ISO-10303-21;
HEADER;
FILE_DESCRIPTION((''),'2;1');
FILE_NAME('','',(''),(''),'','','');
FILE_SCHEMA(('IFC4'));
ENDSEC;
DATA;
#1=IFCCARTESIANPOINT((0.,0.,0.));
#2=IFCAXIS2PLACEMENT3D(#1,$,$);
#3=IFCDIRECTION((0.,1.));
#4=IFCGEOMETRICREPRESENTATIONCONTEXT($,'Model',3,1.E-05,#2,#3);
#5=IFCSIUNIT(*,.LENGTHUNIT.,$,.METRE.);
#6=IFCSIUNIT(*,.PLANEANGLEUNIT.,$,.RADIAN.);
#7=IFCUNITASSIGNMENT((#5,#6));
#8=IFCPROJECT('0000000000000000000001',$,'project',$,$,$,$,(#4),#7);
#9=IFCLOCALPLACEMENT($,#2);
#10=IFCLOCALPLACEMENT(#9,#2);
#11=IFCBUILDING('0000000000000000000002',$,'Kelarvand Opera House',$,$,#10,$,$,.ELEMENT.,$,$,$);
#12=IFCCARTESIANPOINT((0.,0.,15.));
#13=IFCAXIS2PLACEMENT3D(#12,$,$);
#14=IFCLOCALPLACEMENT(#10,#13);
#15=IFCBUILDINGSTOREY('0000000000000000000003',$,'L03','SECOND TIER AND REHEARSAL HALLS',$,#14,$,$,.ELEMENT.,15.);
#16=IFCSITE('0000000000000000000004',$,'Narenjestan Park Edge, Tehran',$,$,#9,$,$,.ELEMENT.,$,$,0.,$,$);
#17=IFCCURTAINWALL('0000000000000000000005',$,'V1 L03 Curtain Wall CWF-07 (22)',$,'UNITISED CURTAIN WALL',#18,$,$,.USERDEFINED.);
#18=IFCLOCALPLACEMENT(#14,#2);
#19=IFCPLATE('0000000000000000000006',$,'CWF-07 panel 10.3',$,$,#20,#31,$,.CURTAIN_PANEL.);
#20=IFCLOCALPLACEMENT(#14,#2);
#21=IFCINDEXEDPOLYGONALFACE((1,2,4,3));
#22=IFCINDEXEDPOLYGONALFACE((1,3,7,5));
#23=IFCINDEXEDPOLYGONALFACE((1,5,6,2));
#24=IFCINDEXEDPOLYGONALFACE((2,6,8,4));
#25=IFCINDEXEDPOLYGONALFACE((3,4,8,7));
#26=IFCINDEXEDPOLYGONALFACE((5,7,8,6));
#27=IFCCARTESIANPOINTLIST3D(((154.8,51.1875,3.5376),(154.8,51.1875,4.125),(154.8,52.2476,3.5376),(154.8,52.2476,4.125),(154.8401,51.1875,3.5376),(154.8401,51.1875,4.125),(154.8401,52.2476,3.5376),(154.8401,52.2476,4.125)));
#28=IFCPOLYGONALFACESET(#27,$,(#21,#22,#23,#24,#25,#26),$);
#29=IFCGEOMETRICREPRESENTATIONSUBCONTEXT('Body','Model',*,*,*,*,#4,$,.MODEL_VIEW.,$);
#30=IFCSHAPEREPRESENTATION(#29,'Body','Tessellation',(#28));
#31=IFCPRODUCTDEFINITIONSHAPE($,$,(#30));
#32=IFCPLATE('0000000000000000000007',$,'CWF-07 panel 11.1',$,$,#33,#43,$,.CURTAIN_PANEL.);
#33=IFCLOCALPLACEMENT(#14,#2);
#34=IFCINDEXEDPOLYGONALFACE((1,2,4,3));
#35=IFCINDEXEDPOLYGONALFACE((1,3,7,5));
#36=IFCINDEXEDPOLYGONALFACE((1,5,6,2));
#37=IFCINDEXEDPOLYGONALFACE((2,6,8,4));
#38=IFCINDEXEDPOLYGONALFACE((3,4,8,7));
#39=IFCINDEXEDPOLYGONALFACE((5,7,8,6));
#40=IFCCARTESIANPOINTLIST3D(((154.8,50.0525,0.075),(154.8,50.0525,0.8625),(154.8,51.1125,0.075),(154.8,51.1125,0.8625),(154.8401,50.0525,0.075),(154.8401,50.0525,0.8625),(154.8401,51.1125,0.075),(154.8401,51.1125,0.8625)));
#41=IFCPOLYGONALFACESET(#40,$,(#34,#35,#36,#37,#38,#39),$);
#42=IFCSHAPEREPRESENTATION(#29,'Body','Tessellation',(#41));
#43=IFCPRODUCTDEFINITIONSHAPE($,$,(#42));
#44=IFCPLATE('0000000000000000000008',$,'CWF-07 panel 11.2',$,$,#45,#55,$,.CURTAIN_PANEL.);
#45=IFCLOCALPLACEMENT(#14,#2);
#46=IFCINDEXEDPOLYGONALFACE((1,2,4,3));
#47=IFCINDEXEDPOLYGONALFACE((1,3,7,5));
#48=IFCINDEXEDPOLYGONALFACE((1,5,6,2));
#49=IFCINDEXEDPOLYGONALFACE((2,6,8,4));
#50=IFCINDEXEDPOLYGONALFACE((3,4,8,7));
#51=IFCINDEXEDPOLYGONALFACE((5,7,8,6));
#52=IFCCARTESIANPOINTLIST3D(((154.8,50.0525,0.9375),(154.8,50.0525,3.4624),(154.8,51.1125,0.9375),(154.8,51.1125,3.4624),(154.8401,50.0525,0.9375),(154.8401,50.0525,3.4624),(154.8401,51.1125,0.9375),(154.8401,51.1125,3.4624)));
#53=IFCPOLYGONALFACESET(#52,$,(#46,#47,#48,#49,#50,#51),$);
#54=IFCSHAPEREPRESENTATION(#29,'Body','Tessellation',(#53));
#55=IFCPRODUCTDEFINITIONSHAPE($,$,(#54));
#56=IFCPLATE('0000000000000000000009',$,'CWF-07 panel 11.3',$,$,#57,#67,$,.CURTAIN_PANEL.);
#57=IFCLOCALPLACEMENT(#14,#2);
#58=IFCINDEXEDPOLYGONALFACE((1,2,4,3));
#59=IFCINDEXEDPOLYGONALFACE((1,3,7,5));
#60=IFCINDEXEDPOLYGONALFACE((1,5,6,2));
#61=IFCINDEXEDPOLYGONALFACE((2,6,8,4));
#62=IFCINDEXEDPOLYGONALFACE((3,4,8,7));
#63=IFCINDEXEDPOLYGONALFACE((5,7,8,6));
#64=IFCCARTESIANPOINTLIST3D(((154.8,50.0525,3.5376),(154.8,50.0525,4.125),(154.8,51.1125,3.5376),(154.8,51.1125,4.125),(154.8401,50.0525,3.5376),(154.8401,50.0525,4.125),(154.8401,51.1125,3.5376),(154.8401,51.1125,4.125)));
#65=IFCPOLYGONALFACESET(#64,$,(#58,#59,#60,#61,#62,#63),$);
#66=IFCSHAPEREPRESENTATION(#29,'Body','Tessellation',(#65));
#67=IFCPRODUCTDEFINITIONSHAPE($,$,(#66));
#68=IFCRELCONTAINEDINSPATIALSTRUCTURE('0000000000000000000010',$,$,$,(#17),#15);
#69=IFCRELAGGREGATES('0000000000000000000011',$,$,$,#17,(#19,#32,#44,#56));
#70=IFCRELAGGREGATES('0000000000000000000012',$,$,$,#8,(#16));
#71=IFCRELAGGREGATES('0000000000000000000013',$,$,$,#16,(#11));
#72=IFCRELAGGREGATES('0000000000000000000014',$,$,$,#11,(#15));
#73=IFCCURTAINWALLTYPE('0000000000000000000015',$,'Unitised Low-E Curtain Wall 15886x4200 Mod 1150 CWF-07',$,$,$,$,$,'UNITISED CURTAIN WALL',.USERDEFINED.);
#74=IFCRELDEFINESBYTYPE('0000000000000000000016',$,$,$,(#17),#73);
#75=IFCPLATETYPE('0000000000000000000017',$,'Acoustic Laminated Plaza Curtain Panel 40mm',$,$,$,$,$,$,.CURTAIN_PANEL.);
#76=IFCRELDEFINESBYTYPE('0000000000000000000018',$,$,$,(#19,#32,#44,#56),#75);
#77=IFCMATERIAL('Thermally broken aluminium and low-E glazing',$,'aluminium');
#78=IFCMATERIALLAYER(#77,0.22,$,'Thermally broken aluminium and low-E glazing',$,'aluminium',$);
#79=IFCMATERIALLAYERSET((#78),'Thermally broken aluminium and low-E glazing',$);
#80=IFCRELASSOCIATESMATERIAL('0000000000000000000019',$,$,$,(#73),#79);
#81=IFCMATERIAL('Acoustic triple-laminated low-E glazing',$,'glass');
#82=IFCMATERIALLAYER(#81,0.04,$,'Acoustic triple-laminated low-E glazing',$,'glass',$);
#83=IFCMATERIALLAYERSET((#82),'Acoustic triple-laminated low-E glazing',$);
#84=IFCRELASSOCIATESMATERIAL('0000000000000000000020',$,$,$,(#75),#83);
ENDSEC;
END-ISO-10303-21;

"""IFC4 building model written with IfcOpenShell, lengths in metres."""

from ifc_helpers import new_model, si_unit, direction, frame, origin, origin_2d, place, context, subcontext, project, spatial, rectangle, extrude, material, layer, layer_set, type_object, element, aggregate, save


model = new_model("IFC4")

# Units and contexts
model_context = context("Model", 3, precision=1e-05, world=origin(), true_north=direction((0.0, 1.0)))
body_context = subcontext(model_context, "Body", "Model", "MODEL_VIEW")
ifc_project = project(units=[si_unit("LENGTHUNIT", "METRE"), si_unit("PLANEANGLEUNIT", "RADIAN")], contexts=[model_context])

# Site, building, storey
site_placement = place(None, origin())
site = spatial("IfcSite", under=ifc_project, at=site_placement, Name="Narenjestan Park Edge, Tehran", CompositionType="ELEMENT", RefElevation=0.0)
building_placement = place(site_placement, origin())
building = spatial("IfcBuilding", under=site, at=building_placement, Name="Kelarvand Opera House", CompositionType="ELEMENT")
storey_placement = place(building_placement, frame((0.0, 0.0, 15.0)))
storey = spatial("IfcBuildingStorey", under=building, at=storey_placement, Name="L03", Description="SECOND TIER AND REHEARSAL HALLS", CompositionType="ELEMENT", Elevation=15.0)

# Curtain wall
ifc_material_1 = material(Name="Thermally broken aluminium and low-E glazing", Category="aluminium")
ifc_layer_1 = layer(ifc_material_1, 0.22, Name="Thermally broken aluminium and low-E glazing", Category="aluminium")
ifc_layer_set_1 = layer_set([ifc_layer_1], Name="Thermally broken aluminium and low-E glazing")
curtain_wall_type = type_object("IfcCurtainWallType", Name="Unitised Low-E Curtain Wall 15886x4200 Mod 1150 CWF-07", ElementType="UNITISED CURTAIN WALL", PredefinedType="USERDEFINED", material=ifc_layer_set_1)
curtain_wall_placement = place(storey_placement, origin())
curtain_wall = element("IfcCurtainWall", 1, at=curtain_wall_placement, inside=storey, type_object=curtain_wall_type, Name="V1 L03 Curtain Wall CWF-07 (22)", ObjectType="UNITISED CURTAIN WALL", PredefinedType="USERDEFINED")

# Plates
ifc_material_2 = material(Name="Acoustic triple-laminated low-E glazing", Category="glass")
ifc_layer_2 = layer(ifc_material_2, 0.04, Name="Acoustic triple-laminated low-E glazing", Category="glass")
ifc_layer_set_2 = layer_set([ifc_layer_2], Name="Acoustic triple-laminated low-E glazing")
plate_type = type_object("IfcPlateType", Name="Acoustic Laminated Plaza Curtain Panel 40mm", PredefinedType="CURTAIN_PANEL", material=ifc_layer_set_2)
plate_1_placement = place(storey_placement, frame((154.8201, 51.7175, 3.5376), z_axis=(0.0, 0.0, 1.0), x_axis=(0.0, -1.0, 0.0)))
plate_1 = element("IfcPlate", 2, at=plate_1_placement, type_object=plate_type, Name="CWF-07 panel 10.3", PredefinedType="CURTAIN_PANEL", context=body_context, shape_type="SweptSolid", body=[
    extrude(rectangle(XDim=1.0601, YDim=0.04, at=origin_2d()), origin(), (0.0, 0.0, 1.0), 0.5874),
])
plate_2_placement = place(storey_placement, frame((154.8201, 50.5825, 0.075), z_axis=(0.0, 0.0, 1.0), x_axis=(0.0, -1.0, 0.0)))
plate_2 = element("IfcPlate", 3, at=plate_2_placement, type_object=plate_type, Name="CWF-07 panel 11.1", PredefinedType="CURTAIN_PANEL", context=body_context, shape_type="SweptSolid", body=[
    extrude(rectangle(XDim=1.0601, YDim=0.04, at=origin_2d()), origin(), (0.0, 0.0, 1.0), 0.7876),
])
plate_3_placement = place(storey_placement, frame((154.8201, 50.5825, 0.9375), z_axis=(0.0, 0.0, 1.0), x_axis=(0.0, -1.0, 0.0)))
plate_3 = element("IfcPlate", 4, at=plate_3_placement, type_object=plate_type, Name="CWF-07 panel 11.2", PredefinedType="CURTAIN_PANEL", context=body_context, shape_type="SweptSolid", body=[
    extrude(rectangle(XDim=1.0601, YDim=0.04, at=origin_2d()), origin(), (0.0, 0.0, 1.0), 2.5249),
])
plate_4_placement = place(storey_placement, frame((154.8201, 50.5825, 3.5376), z_axis=(0.0, 0.0, 1.0), x_axis=(0.0, -1.0, 0.0)))
plate_4 = element("IfcPlate", 5, at=plate_4_placement, type_object=plate_type, Name="CWF-07 panel 11.3", PredefinedType="CURTAIN_PANEL", context=body_context, shape_type="SweptSolid", body=[
    extrude(rectangle(XDim=1.0601, YDim=0.04, at=origin_2d()), origin(), (0.0, 0.0, 1.0), 0.5874),
])
aggregate(curtain_wall, [plate_1, plate_2, plate_3, plate_4])

save(model, "model.ifc")
